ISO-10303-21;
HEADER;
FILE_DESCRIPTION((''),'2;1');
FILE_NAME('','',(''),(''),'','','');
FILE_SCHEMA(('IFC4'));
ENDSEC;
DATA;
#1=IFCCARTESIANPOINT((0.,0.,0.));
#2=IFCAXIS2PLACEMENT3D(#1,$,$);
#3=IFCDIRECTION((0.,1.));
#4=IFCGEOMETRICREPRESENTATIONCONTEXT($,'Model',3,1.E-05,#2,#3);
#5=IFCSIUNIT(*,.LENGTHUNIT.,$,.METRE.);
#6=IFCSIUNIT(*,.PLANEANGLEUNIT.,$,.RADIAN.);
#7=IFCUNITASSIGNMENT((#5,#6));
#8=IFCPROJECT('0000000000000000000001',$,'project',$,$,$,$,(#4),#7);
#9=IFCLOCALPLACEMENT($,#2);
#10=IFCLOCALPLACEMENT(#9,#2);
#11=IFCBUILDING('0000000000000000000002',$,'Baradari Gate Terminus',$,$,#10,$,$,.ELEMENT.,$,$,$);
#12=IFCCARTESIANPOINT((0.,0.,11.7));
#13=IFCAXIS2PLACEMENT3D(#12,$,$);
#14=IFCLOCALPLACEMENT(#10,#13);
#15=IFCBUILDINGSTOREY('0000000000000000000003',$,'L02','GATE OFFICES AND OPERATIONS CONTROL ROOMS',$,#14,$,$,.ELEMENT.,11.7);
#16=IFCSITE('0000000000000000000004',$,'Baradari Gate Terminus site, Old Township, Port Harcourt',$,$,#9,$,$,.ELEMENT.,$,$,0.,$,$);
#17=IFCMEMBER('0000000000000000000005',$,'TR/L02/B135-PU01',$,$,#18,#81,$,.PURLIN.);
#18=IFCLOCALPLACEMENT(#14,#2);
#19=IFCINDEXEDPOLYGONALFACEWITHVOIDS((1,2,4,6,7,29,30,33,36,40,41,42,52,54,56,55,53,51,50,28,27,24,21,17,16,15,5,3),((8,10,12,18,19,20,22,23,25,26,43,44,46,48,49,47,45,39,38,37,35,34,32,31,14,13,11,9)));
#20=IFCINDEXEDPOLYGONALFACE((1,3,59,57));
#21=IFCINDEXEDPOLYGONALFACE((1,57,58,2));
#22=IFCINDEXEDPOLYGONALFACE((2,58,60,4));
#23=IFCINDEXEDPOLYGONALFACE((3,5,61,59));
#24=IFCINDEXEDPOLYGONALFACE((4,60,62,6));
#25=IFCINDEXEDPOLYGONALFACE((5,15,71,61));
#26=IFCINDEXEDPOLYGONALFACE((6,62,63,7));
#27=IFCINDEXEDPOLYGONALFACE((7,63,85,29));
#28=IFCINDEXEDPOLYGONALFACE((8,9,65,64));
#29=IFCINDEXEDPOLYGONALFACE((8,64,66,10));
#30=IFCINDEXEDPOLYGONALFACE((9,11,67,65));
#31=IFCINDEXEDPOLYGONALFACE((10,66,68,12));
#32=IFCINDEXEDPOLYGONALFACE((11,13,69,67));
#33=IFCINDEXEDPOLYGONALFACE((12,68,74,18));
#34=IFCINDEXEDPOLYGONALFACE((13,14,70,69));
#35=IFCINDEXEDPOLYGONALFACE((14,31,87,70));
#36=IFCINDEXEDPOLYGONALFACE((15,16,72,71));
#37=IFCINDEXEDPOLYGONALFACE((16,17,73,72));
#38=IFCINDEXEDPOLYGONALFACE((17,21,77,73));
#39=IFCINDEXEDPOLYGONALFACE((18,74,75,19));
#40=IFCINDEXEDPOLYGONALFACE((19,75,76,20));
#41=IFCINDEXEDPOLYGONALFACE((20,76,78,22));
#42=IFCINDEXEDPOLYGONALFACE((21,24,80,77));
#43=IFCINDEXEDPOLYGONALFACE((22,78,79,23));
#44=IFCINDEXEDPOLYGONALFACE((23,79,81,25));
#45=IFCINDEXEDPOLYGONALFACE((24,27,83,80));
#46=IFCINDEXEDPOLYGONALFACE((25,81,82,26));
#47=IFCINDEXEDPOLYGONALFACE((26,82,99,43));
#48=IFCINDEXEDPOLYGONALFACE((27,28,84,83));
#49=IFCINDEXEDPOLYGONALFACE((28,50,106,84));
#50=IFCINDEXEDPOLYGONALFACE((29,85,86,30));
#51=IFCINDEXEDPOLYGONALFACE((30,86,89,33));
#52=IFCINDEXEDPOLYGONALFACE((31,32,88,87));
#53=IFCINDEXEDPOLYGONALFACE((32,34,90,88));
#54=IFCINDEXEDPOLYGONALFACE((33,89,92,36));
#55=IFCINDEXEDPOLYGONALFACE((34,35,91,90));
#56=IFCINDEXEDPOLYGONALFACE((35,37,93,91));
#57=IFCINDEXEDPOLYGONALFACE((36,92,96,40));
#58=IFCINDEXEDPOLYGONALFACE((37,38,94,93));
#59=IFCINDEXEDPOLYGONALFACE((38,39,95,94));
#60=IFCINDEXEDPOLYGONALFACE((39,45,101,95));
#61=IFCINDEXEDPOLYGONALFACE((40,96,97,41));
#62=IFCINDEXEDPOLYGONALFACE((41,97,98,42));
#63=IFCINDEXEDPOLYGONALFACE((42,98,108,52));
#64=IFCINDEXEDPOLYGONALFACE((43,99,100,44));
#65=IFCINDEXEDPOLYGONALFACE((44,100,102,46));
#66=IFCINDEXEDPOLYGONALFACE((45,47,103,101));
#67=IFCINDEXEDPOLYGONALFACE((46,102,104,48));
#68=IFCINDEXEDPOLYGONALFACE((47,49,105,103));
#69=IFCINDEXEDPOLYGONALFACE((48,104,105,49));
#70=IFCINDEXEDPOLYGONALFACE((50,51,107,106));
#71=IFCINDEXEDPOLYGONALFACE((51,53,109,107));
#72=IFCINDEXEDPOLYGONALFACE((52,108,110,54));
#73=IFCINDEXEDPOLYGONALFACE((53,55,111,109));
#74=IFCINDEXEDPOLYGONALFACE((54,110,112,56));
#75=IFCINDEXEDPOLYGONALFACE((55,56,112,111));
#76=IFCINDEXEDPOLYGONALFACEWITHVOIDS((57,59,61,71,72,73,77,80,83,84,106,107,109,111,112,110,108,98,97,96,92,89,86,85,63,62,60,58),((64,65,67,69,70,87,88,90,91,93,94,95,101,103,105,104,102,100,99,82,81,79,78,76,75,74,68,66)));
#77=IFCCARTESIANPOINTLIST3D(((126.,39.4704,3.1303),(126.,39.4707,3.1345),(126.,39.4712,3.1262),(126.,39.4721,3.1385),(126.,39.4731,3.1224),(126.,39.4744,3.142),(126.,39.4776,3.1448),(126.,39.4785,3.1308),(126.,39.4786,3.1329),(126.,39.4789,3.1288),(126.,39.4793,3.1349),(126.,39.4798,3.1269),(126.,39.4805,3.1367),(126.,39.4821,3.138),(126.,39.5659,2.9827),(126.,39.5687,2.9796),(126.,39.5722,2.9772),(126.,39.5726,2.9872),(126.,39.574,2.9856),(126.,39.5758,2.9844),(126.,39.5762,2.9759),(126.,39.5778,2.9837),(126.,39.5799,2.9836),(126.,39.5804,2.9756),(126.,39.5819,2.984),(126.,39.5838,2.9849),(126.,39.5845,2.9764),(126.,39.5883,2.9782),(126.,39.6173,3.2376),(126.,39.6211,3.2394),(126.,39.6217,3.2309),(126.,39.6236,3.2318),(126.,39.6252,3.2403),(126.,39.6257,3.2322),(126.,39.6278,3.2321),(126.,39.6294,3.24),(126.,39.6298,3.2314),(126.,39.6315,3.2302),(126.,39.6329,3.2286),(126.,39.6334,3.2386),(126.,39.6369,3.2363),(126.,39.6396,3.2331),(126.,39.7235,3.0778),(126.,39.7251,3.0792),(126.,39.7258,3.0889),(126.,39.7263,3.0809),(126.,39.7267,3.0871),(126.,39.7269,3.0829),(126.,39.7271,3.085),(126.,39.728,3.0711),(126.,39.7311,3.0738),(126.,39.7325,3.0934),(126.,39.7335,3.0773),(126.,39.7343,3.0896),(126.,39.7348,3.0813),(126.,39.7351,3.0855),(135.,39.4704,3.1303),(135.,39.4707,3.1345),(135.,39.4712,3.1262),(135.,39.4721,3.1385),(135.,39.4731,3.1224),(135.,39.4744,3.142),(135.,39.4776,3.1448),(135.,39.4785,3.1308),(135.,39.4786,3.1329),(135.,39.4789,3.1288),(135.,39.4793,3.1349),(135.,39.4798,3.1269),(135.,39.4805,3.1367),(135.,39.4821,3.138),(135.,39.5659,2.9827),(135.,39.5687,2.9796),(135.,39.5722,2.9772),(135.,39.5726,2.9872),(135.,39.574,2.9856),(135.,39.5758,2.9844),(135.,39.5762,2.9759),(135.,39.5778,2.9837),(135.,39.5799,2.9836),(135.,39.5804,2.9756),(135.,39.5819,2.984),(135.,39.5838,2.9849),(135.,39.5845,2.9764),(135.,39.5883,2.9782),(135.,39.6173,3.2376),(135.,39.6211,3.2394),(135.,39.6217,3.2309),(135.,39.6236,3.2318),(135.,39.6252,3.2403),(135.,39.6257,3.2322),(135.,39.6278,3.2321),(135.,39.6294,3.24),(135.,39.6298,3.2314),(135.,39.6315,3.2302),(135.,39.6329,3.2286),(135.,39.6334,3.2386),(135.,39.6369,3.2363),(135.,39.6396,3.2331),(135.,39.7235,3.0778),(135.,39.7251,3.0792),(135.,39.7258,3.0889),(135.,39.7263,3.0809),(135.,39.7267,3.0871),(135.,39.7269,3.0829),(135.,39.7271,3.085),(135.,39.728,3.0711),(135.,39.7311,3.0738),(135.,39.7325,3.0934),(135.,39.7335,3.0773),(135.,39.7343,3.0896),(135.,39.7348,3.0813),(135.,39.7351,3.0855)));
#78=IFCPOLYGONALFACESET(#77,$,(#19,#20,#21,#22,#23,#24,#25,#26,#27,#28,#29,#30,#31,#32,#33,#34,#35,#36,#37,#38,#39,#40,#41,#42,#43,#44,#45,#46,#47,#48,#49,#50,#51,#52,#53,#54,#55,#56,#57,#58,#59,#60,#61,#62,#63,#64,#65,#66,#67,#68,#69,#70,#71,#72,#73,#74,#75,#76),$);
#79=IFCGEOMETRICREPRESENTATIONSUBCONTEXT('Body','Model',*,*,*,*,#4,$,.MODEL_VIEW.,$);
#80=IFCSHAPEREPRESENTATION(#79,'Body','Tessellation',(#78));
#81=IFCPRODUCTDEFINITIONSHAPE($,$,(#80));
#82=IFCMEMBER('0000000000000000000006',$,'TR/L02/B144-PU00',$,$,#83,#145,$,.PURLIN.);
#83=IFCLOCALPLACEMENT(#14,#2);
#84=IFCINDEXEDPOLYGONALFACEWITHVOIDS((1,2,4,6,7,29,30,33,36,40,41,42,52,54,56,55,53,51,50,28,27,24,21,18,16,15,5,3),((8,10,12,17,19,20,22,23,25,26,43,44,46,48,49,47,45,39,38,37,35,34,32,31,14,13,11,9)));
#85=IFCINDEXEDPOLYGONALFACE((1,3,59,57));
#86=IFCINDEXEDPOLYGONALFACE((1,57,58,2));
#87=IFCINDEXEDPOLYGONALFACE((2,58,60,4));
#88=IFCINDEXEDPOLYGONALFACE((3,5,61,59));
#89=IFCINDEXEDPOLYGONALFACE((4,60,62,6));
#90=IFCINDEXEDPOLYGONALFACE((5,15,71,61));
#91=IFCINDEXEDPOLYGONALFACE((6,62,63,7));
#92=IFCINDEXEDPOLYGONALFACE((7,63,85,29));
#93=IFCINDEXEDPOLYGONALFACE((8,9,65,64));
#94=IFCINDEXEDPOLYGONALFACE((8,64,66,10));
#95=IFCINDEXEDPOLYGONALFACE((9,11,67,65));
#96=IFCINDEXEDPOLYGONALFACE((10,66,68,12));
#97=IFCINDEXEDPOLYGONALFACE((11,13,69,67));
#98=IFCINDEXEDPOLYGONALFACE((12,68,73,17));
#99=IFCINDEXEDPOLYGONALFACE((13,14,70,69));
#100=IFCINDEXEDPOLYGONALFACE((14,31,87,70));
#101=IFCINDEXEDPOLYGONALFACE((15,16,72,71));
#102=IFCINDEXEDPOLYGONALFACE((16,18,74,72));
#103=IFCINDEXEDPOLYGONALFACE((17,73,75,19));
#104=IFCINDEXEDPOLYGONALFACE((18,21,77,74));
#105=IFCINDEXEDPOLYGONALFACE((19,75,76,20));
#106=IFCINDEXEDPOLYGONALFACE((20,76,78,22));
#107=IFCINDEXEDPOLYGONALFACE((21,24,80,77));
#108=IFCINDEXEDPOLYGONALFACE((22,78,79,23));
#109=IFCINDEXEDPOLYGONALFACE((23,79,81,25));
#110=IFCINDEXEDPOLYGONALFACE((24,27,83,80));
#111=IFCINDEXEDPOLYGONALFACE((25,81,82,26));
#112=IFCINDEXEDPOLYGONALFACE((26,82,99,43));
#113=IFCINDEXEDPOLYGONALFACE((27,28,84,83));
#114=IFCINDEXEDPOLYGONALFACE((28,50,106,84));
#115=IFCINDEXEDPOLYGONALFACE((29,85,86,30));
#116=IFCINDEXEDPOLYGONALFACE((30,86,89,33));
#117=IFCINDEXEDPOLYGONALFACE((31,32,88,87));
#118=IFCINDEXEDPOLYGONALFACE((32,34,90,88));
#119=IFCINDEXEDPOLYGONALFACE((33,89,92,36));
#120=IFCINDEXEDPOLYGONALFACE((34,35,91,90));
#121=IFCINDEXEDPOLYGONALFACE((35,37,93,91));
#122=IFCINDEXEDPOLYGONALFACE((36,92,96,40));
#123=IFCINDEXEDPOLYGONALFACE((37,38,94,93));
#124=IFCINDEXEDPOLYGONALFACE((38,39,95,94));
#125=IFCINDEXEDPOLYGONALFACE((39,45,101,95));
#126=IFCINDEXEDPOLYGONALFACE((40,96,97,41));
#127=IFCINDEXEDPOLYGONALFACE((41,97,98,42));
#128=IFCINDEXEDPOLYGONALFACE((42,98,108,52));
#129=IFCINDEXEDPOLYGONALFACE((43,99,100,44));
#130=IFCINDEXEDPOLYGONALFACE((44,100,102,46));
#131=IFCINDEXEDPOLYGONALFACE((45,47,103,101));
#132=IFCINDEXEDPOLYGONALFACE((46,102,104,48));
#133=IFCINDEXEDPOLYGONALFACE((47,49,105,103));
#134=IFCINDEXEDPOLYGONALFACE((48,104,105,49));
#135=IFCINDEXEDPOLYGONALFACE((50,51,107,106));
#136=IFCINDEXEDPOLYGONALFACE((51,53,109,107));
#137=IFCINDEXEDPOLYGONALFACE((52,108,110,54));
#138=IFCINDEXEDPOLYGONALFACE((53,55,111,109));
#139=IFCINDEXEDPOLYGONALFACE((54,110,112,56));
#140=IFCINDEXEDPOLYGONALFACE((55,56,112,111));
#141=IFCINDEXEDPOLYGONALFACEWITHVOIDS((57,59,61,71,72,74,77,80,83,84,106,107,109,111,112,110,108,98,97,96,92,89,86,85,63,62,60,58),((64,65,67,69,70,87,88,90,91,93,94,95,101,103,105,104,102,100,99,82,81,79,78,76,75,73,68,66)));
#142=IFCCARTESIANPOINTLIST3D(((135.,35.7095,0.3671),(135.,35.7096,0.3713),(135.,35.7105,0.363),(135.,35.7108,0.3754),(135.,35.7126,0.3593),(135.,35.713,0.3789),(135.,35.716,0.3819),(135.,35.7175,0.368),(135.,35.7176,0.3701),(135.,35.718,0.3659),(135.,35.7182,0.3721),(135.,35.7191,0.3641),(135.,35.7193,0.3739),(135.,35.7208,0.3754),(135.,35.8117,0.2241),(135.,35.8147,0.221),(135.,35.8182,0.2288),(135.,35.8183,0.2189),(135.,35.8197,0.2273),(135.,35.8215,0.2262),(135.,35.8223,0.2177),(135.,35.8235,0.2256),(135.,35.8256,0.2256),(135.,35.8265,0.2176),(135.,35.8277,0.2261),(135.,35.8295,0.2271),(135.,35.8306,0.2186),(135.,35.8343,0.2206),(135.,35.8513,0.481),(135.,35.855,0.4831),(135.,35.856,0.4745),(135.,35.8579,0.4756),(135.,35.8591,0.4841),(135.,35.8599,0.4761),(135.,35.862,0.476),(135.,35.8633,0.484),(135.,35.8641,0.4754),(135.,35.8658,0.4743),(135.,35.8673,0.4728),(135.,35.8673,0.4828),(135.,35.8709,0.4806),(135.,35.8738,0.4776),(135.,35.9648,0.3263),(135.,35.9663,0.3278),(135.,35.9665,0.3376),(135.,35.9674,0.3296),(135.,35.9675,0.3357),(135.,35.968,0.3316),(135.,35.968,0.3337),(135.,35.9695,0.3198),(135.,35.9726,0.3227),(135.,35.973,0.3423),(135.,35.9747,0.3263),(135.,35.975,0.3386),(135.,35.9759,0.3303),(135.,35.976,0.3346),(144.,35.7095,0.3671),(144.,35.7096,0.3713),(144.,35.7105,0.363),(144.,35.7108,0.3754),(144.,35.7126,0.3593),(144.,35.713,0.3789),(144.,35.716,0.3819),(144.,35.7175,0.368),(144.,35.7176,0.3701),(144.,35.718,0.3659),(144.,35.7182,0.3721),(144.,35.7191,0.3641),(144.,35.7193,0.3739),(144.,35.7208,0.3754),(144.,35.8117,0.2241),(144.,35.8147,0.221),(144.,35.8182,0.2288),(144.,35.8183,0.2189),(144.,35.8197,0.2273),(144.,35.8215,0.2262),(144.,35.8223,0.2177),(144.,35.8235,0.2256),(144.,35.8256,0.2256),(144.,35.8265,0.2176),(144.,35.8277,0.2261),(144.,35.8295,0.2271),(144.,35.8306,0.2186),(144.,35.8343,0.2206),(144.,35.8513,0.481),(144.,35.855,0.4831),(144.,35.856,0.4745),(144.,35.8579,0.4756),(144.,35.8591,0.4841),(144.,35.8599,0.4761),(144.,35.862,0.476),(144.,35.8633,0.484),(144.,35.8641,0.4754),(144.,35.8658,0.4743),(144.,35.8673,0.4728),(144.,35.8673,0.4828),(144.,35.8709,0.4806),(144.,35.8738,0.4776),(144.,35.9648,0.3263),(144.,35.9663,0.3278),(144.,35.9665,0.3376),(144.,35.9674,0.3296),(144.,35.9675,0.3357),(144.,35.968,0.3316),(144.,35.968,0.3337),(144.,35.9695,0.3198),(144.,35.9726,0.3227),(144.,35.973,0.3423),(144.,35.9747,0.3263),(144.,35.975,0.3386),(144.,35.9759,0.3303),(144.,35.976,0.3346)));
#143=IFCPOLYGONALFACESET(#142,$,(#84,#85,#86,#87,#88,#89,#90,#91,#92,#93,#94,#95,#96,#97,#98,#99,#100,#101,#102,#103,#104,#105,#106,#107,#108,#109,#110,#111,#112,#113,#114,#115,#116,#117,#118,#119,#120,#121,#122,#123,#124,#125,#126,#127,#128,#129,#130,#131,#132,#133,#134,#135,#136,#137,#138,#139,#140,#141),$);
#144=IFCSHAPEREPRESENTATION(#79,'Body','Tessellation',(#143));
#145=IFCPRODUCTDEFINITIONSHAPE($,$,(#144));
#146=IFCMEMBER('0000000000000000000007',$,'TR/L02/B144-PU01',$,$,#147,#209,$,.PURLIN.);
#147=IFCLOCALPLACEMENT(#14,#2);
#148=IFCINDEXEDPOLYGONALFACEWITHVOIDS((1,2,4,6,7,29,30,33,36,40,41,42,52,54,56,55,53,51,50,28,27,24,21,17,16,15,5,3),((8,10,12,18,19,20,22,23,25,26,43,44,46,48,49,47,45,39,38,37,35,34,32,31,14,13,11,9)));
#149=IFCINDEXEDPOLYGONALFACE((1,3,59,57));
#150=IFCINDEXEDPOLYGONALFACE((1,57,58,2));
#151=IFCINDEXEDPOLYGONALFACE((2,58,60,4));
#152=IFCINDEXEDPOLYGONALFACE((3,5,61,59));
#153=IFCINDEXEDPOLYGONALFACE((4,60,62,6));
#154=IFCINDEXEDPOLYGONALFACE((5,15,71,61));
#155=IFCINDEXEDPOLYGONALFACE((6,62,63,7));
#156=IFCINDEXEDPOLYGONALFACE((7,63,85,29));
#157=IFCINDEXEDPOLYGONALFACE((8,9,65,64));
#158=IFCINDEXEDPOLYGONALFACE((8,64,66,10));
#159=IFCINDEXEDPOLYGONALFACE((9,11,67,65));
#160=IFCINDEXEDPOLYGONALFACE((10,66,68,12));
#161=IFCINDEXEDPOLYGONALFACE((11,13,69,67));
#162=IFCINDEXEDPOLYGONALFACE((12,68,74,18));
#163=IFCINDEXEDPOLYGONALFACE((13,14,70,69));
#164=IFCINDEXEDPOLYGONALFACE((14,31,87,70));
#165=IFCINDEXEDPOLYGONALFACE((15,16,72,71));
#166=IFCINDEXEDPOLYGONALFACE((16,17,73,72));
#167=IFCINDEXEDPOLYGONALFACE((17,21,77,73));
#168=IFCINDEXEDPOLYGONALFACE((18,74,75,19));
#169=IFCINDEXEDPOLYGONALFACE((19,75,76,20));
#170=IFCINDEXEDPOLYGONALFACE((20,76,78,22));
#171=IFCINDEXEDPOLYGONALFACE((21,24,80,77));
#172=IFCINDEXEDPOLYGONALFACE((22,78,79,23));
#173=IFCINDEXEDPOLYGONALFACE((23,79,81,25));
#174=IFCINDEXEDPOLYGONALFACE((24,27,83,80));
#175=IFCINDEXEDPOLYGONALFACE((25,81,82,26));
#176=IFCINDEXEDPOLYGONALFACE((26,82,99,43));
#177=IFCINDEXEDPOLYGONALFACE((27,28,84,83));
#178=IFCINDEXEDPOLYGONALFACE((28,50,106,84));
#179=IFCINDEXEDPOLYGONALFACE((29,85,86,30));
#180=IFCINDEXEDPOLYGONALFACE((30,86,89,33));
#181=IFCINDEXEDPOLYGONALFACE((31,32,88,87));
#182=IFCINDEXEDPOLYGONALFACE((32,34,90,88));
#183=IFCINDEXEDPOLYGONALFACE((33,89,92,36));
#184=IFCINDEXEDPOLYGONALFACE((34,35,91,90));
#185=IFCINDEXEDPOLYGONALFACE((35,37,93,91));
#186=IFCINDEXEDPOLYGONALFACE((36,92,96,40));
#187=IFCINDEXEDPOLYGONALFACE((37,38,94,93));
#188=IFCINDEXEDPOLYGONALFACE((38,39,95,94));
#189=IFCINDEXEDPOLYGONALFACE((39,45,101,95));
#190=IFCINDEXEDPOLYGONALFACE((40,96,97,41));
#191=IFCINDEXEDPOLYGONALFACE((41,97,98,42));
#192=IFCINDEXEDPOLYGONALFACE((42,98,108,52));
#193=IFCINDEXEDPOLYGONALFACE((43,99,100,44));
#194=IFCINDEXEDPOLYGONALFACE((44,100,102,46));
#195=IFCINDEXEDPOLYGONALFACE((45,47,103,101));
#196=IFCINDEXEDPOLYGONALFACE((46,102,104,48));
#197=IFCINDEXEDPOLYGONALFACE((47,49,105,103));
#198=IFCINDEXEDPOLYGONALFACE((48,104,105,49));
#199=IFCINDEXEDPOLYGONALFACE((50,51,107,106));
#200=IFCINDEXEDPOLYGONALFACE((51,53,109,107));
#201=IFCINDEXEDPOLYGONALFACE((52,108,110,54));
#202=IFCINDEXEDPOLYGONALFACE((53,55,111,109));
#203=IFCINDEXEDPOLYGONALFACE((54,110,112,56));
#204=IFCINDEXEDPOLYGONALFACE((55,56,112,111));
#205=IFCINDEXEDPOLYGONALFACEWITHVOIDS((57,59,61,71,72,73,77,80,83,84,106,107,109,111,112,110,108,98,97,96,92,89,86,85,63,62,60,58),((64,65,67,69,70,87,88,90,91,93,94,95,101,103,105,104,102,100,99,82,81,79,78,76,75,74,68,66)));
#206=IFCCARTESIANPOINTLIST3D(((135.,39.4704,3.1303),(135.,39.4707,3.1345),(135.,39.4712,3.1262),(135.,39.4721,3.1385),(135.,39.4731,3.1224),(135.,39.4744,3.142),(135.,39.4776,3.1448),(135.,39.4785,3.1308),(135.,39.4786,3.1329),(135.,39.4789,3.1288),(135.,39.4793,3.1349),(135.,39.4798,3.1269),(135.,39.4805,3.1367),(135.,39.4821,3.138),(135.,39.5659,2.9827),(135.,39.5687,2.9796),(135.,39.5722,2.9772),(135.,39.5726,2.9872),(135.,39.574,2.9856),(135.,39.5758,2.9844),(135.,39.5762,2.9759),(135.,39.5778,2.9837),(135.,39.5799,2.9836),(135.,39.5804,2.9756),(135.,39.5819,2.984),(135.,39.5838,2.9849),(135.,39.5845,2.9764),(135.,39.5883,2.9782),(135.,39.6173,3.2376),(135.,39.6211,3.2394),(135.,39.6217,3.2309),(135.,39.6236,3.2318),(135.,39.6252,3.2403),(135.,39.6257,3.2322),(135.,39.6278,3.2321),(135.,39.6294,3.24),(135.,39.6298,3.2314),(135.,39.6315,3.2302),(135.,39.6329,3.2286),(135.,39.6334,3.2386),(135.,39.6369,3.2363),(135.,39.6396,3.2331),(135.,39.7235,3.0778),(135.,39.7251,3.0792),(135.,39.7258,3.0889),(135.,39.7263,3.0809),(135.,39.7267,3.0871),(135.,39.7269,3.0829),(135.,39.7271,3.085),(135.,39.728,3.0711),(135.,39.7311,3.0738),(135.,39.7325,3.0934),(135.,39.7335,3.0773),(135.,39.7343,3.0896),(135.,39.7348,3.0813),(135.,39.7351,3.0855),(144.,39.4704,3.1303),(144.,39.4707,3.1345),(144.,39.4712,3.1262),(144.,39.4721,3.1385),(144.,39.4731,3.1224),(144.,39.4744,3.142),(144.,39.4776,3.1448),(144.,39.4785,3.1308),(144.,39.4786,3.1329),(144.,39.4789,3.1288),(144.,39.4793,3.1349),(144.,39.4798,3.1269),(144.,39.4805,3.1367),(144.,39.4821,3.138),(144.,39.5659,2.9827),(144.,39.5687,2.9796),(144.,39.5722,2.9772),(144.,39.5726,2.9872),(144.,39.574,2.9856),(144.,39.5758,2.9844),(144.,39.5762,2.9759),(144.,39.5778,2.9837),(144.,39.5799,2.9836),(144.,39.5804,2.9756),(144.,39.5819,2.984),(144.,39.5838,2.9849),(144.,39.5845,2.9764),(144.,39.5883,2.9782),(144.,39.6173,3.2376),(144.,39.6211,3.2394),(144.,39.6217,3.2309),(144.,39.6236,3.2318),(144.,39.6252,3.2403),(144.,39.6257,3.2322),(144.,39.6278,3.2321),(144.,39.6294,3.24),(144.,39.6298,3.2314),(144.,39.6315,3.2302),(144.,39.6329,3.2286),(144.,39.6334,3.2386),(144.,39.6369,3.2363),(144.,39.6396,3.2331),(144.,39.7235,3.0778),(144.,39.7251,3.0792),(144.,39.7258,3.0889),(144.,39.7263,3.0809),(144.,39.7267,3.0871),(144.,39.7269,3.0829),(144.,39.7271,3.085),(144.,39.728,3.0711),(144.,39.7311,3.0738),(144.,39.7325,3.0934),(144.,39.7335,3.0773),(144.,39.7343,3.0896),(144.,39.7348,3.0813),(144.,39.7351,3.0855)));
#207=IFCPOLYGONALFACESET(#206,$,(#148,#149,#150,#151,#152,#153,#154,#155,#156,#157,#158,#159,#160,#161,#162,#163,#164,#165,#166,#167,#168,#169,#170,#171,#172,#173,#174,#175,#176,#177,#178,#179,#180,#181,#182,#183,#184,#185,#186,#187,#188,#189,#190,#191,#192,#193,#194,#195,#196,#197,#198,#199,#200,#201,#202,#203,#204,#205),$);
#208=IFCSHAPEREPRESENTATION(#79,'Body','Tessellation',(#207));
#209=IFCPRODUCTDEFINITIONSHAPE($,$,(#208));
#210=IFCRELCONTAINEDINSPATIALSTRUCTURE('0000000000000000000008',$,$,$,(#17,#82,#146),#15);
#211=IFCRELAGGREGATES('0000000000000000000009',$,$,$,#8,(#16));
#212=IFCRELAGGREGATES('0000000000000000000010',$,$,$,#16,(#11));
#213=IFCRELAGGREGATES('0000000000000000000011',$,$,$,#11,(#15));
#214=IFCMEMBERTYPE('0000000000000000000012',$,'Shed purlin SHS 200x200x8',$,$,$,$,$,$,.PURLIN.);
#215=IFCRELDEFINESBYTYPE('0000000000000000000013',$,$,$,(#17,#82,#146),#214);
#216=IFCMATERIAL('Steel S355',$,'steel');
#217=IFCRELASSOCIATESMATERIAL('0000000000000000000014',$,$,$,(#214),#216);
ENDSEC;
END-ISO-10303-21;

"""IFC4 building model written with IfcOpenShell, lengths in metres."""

from ifc_helpers import new_model, si_unit, direction, frame, origin, origin_2d, place, context, subcontext, project, spatial, hollow_rectangle, extrude, material, material_profile, profile_set, type_object, element, save


model = new_model("IFC4")

# Units and contexts
model_context = context("Model", 3, precision=1e-05, world=origin(), true_north=direction((0.0, 1.0)))
body_context = subcontext(model_context, "Body", "Model", "MODEL_VIEW")
ifc_project = project(units=[si_unit("LENGTHUNIT", "METRE"), si_unit("PLANEANGLEUNIT", "RADIAN")], contexts=[model_context])

# Site, building, storey
site_placement = place(None, origin())
site = spatial("IfcSite", under=ifc_project, at=site_placement, Name="Baradari Gate Terminus site, Old Township, Port Harcourt", CompositionType="ELEMENT", RefElevation=0.0)
building_placement = place(site_placement, origin())
building = spatial("IfcBuilding", under=site, at=building_placement, Name="Baradari Gate Terminus", CompositionType="ELEMENT")
storey_placement = place(building_placement, frame((0.0, 0.0, 11.7)))
storey = spatial("IfcBuildingStorey", under=building, at=storey_placement, Name="L02", Description="GATE OFFICES AND OPERATIONS CONTROL ROOMS", CompositionType="ELEMENT", Elevation=11.7)

# Members
ifc_material_1 = material(Name="Steel S355", Category="steel")
ifc_material_profile_1 = material_profile(ifc_material_1, hollow_rectangle(XDim=0.2, YDim=0.2, WallThickness=0.0081, InnerFilletRadius=0.0081, OuterFilletRadius=0.0161, at=origin_2d()), Name="SHS 200x200x8")
ifc_profile_set_1 = profile_set([ifc_material_profile_1], Name="Steel S355")
member_type_1 = type_object("IfcMemberType", Name="Shed purlin SHS 200x200x8", PredefinedType="PURLIN", material=ifc_profile_set_1)
for number, where, z_axis, x_axis, name in (
    (1, (126.0, 39.6028, 3.1079), (1.0, 0.0, 0.0), (0.0, 0.832836, 0.553519), "TR/L02/B135-PU01"),
    (2, (135.0, 35.8428, 0.3508), (1.0, 0.0, 0.0), (0.0, 0.806405, 0.591364), "TR/L02/B144-PU00"),
    (3, (135.0, 39.6028, 3.1079), (1.0, 0.0, 0.0), (0.0, 0.832836, 0.553519), "TR/L02/B144-PU01"),
):
    element("IfcMember", number, at=place(storey_placement, frame(where, z_axis=z_axis, x_axis=x_axis)), inside=storey, type_object=member_type_1, Name=name, PredefinedType="PURLIN", context=body_context, shape_type="SweptSolid", body=[
        extrude(hollow_rectangle(XDim=0.2, YDim=0.2, WallThickness=0.0081, InnerFilletRadius=0.0081, OuterFilletRadius=0.0161, at=origin_2d()), origin(), (0.0, 0.0, 1.0), 9.0),
    ])

save(model, "model.ifc")
